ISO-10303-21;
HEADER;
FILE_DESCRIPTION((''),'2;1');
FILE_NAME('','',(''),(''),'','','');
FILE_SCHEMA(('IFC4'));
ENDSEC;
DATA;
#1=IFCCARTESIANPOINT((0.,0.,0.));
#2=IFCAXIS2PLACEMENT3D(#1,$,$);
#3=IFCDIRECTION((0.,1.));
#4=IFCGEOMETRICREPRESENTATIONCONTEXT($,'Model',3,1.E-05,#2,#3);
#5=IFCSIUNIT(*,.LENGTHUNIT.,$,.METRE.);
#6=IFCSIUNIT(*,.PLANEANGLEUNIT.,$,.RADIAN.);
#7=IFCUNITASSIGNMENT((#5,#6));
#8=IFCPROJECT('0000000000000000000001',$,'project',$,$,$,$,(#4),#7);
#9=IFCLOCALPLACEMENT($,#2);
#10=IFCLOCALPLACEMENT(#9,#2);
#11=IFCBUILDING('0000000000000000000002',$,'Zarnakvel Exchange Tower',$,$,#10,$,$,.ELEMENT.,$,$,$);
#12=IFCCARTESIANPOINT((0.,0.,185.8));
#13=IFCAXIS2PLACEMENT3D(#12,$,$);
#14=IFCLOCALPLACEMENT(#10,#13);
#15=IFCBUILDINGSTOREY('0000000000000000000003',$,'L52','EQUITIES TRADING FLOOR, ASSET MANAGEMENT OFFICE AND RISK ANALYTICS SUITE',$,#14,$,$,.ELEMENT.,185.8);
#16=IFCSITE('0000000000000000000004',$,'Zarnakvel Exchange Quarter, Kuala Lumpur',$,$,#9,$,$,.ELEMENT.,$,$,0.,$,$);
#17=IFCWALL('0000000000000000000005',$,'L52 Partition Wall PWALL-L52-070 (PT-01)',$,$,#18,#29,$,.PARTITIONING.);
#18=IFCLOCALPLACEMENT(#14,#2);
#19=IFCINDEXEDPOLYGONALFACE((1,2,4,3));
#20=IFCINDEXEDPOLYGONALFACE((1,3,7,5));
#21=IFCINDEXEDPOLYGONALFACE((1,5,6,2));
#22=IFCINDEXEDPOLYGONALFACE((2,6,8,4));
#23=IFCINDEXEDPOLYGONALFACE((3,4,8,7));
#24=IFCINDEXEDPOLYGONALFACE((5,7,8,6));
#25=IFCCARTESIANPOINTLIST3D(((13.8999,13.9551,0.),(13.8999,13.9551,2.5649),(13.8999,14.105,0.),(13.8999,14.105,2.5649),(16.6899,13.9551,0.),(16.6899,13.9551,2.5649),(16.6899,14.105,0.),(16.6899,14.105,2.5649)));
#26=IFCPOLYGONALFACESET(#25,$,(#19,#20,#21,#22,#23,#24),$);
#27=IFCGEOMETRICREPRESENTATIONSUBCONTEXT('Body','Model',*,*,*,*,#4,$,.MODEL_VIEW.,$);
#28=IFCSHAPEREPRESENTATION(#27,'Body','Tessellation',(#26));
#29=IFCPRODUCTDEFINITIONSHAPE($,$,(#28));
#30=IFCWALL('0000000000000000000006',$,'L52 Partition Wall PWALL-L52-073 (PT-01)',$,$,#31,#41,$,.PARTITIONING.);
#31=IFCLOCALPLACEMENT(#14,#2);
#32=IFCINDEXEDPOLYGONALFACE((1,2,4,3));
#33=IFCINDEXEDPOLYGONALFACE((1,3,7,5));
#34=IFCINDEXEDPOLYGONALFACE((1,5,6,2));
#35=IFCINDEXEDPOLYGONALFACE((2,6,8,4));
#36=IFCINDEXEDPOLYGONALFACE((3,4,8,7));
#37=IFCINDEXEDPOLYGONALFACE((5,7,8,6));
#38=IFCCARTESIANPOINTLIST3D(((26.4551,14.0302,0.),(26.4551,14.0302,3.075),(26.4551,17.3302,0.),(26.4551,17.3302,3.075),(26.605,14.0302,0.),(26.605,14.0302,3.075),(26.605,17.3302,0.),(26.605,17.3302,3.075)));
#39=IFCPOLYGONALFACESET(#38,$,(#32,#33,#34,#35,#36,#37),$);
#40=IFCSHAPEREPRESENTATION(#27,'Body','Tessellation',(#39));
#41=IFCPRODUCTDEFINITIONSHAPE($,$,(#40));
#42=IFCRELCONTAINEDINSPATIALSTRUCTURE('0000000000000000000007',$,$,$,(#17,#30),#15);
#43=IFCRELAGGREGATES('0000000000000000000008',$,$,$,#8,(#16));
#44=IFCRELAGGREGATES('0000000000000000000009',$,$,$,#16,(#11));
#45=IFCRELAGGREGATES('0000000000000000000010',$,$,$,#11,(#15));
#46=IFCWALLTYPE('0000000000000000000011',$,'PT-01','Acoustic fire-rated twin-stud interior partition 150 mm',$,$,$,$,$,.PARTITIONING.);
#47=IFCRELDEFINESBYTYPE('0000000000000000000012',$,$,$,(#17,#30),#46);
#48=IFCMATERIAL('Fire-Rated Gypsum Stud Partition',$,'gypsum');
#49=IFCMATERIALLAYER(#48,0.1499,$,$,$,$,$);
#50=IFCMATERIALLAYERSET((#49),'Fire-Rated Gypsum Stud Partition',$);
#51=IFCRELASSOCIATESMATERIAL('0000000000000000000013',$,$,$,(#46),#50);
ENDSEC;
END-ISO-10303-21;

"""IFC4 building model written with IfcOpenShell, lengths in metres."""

from ifc_helpers import new_model, si_unit, direction, frame, frame_2d, origin, place, context, subcontext, project, spatial, rectangle, extrude, material, layer, layer_set, type_object, element, save


model = new_model("IFC4")

# Units and contexts
model_context = context("Model", 3, precision=1e-05, world=origin(), true_north=direction((0.0, 1.0)))
body_context = subcontext(model_context, "Body", "Model", "MODEL_VIEW")
ifc_project = project(units=[si_unit("LENGTHUNIT", "METRE"), si_unit("PLANEANGLEUNIT", "RADIAN")], contexts=[model_context])

# Site, building, storey
site_placement = place(None, origin())
site = spatial("IfcSite", under=ifc_project, at=site_placement, Name="Zarnakvel Exchange Quarter, Kuala Lumpur", CompositionType="ELEMENT", RefElevation=0.0)
building_placement = place(site_placement, origin())
building = spatial("IfcBuilding", under=site, at=building_placement, Name="Zarnakvel Exchange Tower", CompositionType="ELEMENT")
storey_placement = place(building_placement, frame((0.0, 0.0, 185.8)))
storey = spatial("IfcBuildingStorey", under=building, at=storey_placement, Name="L52", Description="EQUITIES TRADING FLOOR, ASSET MANAGEMENT OFFICE AND RISK ANALYTICS SUITE", CompositionType="ELEMENT", Elevation=185.8)

# Walls
ifc_material_1 = material(Name="Fire-Rated Gypsum Stud Partition", Category="gypsum")
ifc_layer_1 = layer(ifc_material_1, 0.1499)
ifc_layer_set_1 = layer_set([ifc_layer_1], Name="Fire-Rated Gypsum Stud Partition")
wall_type_1 = type_object("IfcWallType", Name="PT-01", Description="Acoustic fire-rated twin-stud interior partition 150 mm", PredefinedType="PARTITIONING", material=ifc_layer_set_1)
wall_1_placement = place(storey_placement, frame((16.6899, 14.03, 0.0), z_axis=(0.0, 0.0, 1.0), x_axis=(-1.0, 0.0, 0.0)))
element("IfcWall", 1, at=wall_1_placement, inside=storey, type_object=wall_type_1, Name="L52 Partition Wall PWALL-L52-070 (PT-01)", PredefinedType="PARTITIONING", context=body_context, shape_type="SweptSolid", body=[
    extrude(rectangle(XDim=2.79, YDim=0.1499, at=frame_2d((1.395, 0.0))), origin(), (0.0, 0.0, 1.0), 2.5649),
])
wall_2_placement = place(storey_placement, frame((26.53, 17.3301, 0.0), z_axis=(0.0, 0.0, 1.0), x_axis=(0.0, -1.0, 0.0)))
element("IfcWall", 2, at=wall_2_placement, inside=storey, type_object=wall_type_1, Name="L52 Partition Wall PWALL-L52-073 (PT-01)", PredefinedType="PARTITIONING", context=body_context, shape_type="SweptSolid", body=[
    extrude(rectangle(XDim=3.3, YDim=0.1499, at=frame_2d((1.6499, 0.0))), origin(), (0.0, 0.0, 1.0), 3.075),
])

save(model, "model.ifc")
